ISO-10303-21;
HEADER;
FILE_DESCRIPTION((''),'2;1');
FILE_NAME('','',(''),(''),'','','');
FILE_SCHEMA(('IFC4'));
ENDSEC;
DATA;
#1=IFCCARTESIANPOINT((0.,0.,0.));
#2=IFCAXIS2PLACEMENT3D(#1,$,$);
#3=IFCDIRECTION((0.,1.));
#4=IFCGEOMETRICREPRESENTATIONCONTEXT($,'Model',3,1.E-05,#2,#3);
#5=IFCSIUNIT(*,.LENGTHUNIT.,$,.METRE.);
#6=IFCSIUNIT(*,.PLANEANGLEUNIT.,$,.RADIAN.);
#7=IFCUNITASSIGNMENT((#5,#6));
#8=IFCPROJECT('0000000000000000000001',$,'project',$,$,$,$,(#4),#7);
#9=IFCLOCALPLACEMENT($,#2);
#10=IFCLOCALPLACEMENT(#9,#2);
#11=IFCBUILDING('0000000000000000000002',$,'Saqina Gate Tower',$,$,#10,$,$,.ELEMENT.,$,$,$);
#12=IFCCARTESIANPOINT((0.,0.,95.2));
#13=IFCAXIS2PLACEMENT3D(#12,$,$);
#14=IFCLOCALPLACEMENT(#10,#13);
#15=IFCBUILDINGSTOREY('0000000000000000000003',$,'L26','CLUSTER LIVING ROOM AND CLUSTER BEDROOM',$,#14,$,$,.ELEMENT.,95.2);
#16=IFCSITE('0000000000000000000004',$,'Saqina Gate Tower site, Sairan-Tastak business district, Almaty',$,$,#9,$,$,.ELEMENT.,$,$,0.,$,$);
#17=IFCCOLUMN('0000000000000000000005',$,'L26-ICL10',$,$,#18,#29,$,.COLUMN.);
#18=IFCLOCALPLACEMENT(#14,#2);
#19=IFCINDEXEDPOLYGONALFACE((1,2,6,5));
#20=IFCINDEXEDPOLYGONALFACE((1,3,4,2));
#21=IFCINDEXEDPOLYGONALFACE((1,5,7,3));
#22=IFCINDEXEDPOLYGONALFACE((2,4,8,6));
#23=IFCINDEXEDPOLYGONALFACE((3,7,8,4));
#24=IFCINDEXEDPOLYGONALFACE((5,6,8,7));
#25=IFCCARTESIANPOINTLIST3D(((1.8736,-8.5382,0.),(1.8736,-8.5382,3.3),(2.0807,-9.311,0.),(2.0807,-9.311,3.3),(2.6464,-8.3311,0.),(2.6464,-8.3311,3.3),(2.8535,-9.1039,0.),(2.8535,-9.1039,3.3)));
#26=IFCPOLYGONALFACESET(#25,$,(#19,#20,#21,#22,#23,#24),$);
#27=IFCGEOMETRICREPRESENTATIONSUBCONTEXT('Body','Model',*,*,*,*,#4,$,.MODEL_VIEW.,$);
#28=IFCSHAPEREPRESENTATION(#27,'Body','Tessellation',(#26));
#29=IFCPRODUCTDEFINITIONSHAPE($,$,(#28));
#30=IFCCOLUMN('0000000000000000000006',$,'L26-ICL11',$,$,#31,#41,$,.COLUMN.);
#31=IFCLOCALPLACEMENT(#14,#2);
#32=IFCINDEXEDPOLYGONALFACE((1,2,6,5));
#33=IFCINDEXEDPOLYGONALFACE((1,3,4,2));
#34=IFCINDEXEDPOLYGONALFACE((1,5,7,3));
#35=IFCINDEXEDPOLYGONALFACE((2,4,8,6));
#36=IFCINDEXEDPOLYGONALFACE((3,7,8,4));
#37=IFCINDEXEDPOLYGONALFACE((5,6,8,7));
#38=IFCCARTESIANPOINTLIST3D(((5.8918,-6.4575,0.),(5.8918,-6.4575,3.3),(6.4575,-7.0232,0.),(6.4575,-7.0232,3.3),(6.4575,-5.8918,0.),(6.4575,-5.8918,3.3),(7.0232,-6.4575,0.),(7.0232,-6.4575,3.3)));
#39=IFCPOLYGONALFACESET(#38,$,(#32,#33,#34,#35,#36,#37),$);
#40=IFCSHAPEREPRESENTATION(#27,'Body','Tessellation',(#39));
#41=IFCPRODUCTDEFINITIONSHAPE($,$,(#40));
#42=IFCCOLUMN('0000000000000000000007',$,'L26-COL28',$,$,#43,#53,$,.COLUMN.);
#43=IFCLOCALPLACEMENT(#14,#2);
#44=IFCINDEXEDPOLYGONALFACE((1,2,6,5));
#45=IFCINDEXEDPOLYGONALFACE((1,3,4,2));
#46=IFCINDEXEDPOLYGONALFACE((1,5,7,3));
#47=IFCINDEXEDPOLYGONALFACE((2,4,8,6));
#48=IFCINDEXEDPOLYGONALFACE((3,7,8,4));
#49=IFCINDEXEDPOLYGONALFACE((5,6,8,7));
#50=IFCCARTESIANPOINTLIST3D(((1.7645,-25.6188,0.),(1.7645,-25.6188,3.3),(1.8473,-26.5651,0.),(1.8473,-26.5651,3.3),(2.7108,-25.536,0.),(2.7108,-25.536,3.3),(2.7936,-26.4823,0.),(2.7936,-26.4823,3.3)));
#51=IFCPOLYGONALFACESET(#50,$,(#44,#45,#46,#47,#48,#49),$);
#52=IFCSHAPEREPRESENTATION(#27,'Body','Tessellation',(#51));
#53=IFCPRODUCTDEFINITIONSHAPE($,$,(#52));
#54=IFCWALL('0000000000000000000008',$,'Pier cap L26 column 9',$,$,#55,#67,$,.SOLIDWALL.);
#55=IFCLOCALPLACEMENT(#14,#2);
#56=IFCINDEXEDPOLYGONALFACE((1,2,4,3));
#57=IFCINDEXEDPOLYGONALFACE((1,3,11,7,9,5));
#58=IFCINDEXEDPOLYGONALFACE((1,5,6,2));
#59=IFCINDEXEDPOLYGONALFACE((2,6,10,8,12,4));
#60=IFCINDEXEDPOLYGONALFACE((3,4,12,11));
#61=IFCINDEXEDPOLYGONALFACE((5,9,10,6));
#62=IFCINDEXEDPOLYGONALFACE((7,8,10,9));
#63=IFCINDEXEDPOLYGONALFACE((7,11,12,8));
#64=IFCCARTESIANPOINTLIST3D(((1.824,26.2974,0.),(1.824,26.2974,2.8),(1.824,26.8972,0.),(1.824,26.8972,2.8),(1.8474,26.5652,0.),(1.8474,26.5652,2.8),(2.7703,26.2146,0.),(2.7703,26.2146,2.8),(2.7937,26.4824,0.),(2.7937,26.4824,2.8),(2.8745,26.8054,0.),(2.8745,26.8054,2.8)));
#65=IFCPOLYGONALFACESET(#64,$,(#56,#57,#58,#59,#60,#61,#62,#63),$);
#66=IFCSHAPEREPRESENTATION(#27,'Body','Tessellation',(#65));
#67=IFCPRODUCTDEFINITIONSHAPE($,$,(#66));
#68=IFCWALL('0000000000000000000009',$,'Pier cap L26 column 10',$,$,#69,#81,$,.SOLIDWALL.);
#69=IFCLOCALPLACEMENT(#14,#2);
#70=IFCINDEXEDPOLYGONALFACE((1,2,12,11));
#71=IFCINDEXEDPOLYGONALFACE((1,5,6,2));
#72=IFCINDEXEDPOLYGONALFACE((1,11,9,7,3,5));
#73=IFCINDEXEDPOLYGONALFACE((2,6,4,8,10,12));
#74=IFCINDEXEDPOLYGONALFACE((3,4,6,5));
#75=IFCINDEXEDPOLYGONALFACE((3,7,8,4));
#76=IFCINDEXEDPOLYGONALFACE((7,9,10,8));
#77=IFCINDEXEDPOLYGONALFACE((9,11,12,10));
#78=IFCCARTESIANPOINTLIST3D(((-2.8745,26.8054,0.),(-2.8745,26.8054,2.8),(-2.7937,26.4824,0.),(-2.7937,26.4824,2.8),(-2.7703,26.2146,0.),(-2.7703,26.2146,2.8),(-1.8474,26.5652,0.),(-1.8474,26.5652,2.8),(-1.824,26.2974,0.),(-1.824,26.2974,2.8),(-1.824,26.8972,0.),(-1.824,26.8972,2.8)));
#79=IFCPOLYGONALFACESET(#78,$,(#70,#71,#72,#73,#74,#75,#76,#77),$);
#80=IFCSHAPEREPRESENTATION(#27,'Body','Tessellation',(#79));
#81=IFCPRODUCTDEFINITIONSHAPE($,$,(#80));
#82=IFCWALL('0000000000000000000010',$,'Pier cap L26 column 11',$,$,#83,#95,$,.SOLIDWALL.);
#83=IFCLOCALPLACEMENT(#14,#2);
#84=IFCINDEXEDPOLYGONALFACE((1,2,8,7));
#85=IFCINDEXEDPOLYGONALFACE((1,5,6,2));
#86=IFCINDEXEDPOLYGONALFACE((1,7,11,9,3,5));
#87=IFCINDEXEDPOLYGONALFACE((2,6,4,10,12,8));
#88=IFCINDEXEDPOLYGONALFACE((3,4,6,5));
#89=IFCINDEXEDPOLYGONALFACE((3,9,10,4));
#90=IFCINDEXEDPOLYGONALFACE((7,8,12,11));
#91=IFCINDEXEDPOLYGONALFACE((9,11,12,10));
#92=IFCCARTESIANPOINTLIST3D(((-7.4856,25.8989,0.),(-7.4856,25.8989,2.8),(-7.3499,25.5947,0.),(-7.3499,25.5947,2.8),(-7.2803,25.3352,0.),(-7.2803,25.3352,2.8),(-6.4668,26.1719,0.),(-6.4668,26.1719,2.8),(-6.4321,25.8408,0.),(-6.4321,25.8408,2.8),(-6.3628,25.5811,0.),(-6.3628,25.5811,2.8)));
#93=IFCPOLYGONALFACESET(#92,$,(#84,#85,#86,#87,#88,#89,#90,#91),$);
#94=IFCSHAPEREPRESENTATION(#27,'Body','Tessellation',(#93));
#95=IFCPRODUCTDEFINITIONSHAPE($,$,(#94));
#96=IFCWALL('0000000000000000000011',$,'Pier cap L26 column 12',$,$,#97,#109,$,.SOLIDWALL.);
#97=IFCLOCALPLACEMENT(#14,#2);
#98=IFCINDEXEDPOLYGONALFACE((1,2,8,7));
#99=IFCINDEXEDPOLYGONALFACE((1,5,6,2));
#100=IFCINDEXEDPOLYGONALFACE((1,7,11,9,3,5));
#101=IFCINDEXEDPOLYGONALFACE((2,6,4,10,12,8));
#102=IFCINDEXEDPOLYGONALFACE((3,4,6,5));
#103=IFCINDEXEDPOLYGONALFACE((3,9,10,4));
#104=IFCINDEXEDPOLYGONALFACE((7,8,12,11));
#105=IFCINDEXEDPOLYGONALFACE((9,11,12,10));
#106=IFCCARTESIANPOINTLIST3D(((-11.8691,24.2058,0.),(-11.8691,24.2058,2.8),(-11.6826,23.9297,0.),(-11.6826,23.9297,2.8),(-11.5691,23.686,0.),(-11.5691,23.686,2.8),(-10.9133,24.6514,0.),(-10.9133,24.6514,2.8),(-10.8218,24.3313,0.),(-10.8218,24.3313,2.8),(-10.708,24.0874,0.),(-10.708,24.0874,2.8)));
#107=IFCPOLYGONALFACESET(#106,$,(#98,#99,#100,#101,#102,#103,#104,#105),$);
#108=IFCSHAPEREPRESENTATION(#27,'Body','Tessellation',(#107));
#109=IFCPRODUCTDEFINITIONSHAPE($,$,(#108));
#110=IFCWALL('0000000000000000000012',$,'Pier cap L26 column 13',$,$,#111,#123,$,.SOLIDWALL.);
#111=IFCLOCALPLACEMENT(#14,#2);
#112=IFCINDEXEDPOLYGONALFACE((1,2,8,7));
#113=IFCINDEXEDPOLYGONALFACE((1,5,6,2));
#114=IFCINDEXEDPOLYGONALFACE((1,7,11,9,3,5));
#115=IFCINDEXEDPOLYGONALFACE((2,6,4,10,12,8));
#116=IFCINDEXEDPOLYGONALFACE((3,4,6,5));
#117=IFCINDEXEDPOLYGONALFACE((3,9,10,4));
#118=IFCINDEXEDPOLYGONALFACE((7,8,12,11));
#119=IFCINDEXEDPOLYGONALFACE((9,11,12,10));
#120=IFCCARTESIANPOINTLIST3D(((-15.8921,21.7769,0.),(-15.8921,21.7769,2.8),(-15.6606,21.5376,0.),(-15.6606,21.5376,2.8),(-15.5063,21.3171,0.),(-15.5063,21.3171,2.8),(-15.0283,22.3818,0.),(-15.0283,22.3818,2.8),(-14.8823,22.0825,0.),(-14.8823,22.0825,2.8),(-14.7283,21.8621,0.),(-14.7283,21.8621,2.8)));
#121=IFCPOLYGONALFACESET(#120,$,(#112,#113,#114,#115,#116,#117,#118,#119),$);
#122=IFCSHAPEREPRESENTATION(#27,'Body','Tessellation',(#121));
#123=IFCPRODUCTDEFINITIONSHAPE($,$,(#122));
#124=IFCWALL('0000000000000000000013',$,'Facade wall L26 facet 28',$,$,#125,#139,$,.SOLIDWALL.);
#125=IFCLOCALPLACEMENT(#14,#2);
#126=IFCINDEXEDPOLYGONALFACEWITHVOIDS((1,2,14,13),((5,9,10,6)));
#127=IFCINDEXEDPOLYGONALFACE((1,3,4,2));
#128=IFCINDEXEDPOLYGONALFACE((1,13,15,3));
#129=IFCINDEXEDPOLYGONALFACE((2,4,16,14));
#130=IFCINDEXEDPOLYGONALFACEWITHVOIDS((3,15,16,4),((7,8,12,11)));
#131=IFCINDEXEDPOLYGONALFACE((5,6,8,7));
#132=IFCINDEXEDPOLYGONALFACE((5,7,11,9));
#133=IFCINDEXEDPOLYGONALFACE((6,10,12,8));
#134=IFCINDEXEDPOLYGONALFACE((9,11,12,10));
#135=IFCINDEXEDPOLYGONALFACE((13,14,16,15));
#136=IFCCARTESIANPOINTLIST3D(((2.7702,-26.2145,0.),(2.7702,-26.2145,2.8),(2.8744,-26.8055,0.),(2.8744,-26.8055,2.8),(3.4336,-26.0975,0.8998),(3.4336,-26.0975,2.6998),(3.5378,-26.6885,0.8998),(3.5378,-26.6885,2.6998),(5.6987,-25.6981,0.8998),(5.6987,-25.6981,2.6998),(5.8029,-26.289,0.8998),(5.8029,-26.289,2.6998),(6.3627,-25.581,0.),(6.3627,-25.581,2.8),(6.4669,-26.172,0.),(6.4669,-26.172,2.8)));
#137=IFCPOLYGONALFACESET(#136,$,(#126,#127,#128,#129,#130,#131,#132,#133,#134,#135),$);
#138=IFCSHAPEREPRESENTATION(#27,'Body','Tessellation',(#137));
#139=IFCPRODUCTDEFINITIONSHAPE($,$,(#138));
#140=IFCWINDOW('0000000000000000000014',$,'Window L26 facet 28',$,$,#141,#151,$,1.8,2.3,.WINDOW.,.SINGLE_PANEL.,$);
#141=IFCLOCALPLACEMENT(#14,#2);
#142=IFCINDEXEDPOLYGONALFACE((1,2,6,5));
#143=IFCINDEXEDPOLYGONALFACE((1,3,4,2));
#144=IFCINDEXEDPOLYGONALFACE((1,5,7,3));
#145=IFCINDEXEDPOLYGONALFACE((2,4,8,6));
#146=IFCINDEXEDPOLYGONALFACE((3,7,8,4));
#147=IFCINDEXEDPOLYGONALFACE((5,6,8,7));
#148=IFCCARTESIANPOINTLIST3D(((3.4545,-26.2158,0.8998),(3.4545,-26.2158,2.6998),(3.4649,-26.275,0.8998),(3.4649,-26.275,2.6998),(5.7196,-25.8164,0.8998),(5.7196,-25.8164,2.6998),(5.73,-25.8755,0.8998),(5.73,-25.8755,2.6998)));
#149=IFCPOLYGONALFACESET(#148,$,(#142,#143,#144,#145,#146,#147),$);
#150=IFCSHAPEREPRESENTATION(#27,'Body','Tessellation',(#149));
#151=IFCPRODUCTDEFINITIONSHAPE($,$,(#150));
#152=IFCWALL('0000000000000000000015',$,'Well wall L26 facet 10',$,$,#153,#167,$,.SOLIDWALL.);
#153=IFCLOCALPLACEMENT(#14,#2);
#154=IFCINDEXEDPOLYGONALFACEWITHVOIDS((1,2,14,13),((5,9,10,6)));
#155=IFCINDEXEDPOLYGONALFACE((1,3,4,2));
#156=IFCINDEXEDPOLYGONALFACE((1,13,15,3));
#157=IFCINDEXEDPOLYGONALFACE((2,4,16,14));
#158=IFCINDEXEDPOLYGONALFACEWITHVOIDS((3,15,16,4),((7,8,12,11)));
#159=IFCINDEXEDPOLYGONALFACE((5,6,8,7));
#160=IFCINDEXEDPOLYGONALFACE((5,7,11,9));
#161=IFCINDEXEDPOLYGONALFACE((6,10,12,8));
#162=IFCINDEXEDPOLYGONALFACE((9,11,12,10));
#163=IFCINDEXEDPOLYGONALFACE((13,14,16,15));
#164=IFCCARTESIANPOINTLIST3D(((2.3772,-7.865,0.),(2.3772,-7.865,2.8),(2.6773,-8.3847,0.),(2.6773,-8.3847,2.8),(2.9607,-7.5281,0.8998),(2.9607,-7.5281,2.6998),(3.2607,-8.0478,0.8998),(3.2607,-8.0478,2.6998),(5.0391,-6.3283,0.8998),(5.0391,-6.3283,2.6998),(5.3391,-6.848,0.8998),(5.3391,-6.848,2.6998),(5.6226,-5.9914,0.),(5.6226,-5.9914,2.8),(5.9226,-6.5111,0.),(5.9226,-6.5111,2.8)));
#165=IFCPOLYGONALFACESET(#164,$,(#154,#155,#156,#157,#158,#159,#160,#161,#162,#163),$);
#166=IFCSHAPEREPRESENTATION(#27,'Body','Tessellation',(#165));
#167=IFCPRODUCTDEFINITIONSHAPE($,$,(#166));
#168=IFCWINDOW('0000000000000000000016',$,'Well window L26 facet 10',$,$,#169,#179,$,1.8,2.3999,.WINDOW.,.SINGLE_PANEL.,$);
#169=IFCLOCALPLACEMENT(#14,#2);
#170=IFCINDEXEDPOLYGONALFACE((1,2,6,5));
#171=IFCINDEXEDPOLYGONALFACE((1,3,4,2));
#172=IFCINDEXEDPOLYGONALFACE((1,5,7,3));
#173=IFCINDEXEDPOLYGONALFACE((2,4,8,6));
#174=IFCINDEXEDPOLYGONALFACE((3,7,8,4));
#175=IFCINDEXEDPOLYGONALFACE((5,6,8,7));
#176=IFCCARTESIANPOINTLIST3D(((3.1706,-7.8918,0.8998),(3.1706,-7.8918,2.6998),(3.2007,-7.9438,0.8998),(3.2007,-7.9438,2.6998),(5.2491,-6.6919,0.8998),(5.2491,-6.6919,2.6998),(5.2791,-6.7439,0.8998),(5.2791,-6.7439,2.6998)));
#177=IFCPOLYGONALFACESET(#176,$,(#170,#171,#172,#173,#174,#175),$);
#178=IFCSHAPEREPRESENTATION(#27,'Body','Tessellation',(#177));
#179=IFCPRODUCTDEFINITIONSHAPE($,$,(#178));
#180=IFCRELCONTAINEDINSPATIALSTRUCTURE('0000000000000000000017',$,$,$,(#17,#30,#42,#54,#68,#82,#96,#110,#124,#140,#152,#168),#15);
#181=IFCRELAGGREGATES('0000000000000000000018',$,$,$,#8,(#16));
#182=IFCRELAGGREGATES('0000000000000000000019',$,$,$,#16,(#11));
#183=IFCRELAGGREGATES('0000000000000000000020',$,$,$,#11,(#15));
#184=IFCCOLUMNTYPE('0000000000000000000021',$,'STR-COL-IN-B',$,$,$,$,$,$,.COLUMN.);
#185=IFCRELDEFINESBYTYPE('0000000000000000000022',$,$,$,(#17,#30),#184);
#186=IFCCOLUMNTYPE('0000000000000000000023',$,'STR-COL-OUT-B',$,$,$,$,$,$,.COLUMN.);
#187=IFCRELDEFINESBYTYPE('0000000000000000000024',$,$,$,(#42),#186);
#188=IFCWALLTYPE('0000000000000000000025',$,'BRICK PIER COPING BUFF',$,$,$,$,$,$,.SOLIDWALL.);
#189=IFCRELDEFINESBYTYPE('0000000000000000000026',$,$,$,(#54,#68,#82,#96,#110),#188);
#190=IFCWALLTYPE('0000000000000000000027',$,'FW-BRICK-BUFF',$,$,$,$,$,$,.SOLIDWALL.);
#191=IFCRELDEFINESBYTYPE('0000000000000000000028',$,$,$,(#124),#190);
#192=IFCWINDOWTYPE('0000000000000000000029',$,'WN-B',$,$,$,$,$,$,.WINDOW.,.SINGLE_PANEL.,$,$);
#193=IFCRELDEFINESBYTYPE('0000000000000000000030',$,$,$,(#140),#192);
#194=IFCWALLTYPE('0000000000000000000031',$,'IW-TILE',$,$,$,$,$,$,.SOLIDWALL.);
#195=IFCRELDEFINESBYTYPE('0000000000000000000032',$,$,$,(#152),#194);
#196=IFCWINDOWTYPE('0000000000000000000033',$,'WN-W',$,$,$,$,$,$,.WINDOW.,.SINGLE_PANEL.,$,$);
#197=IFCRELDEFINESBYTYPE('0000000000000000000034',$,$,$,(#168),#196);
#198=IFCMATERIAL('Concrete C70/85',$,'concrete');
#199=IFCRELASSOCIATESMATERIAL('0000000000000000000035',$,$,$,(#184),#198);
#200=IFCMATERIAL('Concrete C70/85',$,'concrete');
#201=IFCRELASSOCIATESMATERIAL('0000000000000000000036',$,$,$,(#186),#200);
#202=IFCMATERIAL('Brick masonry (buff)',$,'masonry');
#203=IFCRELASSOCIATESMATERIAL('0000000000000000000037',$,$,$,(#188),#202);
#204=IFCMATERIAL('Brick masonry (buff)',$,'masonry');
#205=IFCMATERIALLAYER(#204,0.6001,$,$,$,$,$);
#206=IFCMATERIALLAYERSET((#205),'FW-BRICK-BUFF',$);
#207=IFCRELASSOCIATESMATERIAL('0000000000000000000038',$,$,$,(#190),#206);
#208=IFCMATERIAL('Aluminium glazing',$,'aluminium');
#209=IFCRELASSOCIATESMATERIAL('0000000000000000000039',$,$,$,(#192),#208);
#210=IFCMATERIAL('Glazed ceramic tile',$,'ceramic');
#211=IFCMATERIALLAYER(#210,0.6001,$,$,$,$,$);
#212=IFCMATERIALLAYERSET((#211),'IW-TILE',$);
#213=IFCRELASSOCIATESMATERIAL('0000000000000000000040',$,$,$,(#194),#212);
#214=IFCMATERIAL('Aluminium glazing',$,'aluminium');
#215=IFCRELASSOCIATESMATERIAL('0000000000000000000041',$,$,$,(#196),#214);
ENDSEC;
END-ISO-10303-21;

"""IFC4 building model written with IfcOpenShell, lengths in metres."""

from ifc_helpers import new_model, si_unit, direction, frame, frame_2d, origin, origin_2d, place, context, subcontext, project, spatial, polyline, rectangle, outline, extrude, material, layer, layer_set, material_profile, profile_set, type_object, element, fill, save


model = new_model("IFC4")

# Units and contexts
model_context = context("Model", 3, precision=1e-05, world=origin(), true_north=direction((0.0, 1.0)))
body_context = subcontext(model_context, "Body", "Model", "MODEL_VIEW")
ifc_project = project(units=[si_unit("LENGTHUNIT", "METRE"), si_unit("PLANEANGLEUNIT", "RADIAN")], contexts=[model_context])

# Site, building, storey
site_placement = place(None, origin())
site = spatial("IfcSite", under=ifc_project, at=site_placement, Name="Saqina Gate Tower site, Sairan-Tastak business district, Almaty", CompositionType="ELEMENT", RefElevation=0.0)
building_placement = place(site_placement, origin())
building = spatial("IfcBuilding", under=site, at=building_placement, Name="Saqina Gate Tower", CompositionType="ELEMENT")
storey_placement = place(building_placement, frame((0.0, 0.0, 95.2)))
storey = spatial("IfcBuildingStorey", under=building, at=storey_placement, Name="L26", Description="CLUSTER LIVING ROOM AND CLUSTER BEDROOM", CompositionType="ELEMENT", Elevation=95.2)

# Columns
ifc_material_1 = material(Name="Concrete C70/85", Category="concrete")
ifc_material_profile_1 = material_profile(ifc_material_1, rectangle(XDim=0.8, YDim=0.8, at=origin_2d()), Name="RC 800x800")
ifc_profile_set_1 = profile_set([ifc_material_profile_1], Name="Concrete C70/85")
column_type_1 = type_object("IfcColumnType", Name="STR-COL-IN-B", PredefinedType="COLUMN", material=ifc_profile_set_1)
for number, where, z_axis, x_axis, name in (
    (1, (2.3635, -8.821, 0.0), (0.0, 0.0, 1.0), (0.258819, -0.965926, 0.0), "L26-ICL10"),
    (2, (6.4575, -6.4575, 0.0), (0.0, 0.0, 1.0), (0.707107, -0.707107, 0.0), "L26-ICL11"),
):
    element("IfcColumn", number, at=place(storey_placement, frame(where, z_axis=z_axis, x_axis=x_axis)), inside=storey, type_object=column_type_1, Name=name, PredefinedType="COLUMN", context=body_context, shape_type="SweptSolid", body=[
        extrude(rectangle(XDim=0.8, YDim=0.8, at=origin_2d()), origin(), (0.0, 0.0, 1.0), 3.3),
    ])
ifc_material_2 = material(Name="Concrete C70/85", Category="concrete")
ifc_material_profile_2 = material_profile(ifc_material_2, rectangle(XDim=0.95, YDim=0.95, at=origin_2d()), Name="RC 950x950")
ifc_profile_set_2 = profile_set([ifc_material_profile_2], Name="Concrete C70/85")
column_type_2 = type_object("IfcColumnType", Name="STR-COL-OUT-B", PredefinedType="COLUMN", material=ifc_profile_set_2)
column_placement = place(storey_placement, frame((2.2791, -26.0505, 0.0), z_axis=(0.0, 0.0, 1.0), x_axis=(0.087156, -0.996195, 0.0)))
element("IfcColumn", 3, at=column_placement, inside=storey, type_object=column_type_2, Name="L26-COL28", PredefinedType="COLUMN", context=body_context, shape_type="SweptSolid", body=[
    extrude(rectangle(XDim=0.95, YDim=0.95, at=origin_2d()), origin(), (0.0, 0.0, 1.0), 3.3),
])

# Walls
ifc_material_3 = material(Name="Brick masonry (buff)", Category="masonry")
wall_type_1 = type_object("IfcWallType", Name="BRICK PIER COPING BUFF", PredefinedType="SOLIDWALL", material=ifc_material_3)
wall_1_placement = place(storey_placement, origin())
element("IfcWall", 4, at=wall_1_placement, inside=storey, type_object=wall_type_1, Name="Pier cap L26 column 9", PredefinedType="SOLIDWALL", context=body_context, shape_type="SweptSolid", body=[
    extrude(outline(polyline([(2.8745, 26.8054), (1.824, 26.8972), (1.824, 26.2974), (1.8474, 26.5652), (2.7937, 26.4824), (2.7703, 26.2146), (2.8745, 26.8054)])), origin(), (0.0, 0.0, 1.0), 2.8),
])
wall_2_placement = place(storey_placement, origin())
element("IfcWall", 5, at=wall_2_placement, inside=storey, type_object=wall_type_1, Name="Pier cap L26 column 10", PredefinedType="SOLIDWALL", context=body_context, shape_type="SweptSolid", body=[
    extrude(outline(polyline([(-2.8745, 26.8054), (-2.7703, 26.2146), (-2.7937, 26.4824), (-1.8474, 26.5652), (-1.824, 26.2974), (-1.824, 26.8972), (-2.8745, 26.8054)])), origin(), (0.0, 0.0, 1.0), 2.8),
])
wall_3_placement = place(storey_placement, origin())
element("IfcWall", 6, at=wall_3_placement, inside=storey, type_object=wall_type_1, Name="Pier cap L26 column 11", PredefinedType="SOLIDWALL", context=body_context, shape_type="SweptSolid", body=[
    extrude(outline(polyline([(-6.4668, 26.1719), (-7.4856, 25.8989), (-7.2803, 25.3352), (-7.3499, 25.5947), (-6.4321, 25.8408), (-6.3628, 25.5811), (-6.4668, 26.1719)])), origin(), (0.0, 0.0, 1.0), 2.8),
])
wall_4_placement = place(storey_placement, origin())
element("IfcWall", 7, at=wall_4_placement, inside=storey, type_object=wall_type_1, Name="Pier cap L26 column 12", PredefinedType="SOLIDWALL", context=body_context, shape_type="SweptSolid", body=[
    extrude(outline(polyline([(-10.9133, 24.6514), (-11.8691, 24.2058), (-11.5691, 23.686), (-11.6826, 23.9297), (-10.8218, 24.3313), (-10.708, 24.0874), (-10.9133, 24.6514)])), origin(), (0.0, 0.0, 1.0), 2.8),
])
wall_5_placement = place(storey_placement, origin())
element("IfcWall", 8, at=wall_5_placement, inside=storey, type_object=wall_type_1, Name="Pier cap L26 column 13", PredefinedType="SOLIDWALL", context=body_context, shape_type="SweptSolid", body=[
    extrude(outline(polyline([(-15.8921, 21.7769), (-15.5063, 21.3171), (-15.6606, 21.5376), (-14.8823, 22.0825), (-14.7283, 21.8621), (-15.0283, 22.3818), (-15.8921, 21.7769)])), origin(), (0.0, 0.0, 1.0), 2.8),
])

# Walls, openings, windows
ifc_material_4 = material(Name="Brick masonry (buff)", Category="masonry")
ifc_layer_1 = layer(ifc_material_4, 0.6001)
ifc_layer_set_1 = layer_set([ifc_layer_1], Name="FW-BRICK-BUFF")
wall_type_2 = type_object("IfcWallType", Name="FW-BRICK-BUFF", PredefinedType="SOLIDWALL", material=ifc_layer_set_1)
wall_6_placement = place(storey_placement, frame((2.8223, -26.51, 0.0), z_axis=(0.0, 0.0, 1.0), x_axis=(0.984804, 0.173671, 0.0)))
wall_6 = element("IfcWall", 9, at=wall_6_placement, inside=storey, type_object=wall_type_2, Name="Facade wall L26 facet 28", PredefinedType="SOLIDWALL", context=body_context, shape_type="SweptSolid", body=[
    extrude(rectangle(XDim=3.6479, YDim=0.6001, at=frame_2d((1.824, 0.0))), origin(), (0.0, 0.0, 1.0), 2.8),
])
opening_1_placement = place(wall_6_placement, frame((0.6738, 0.0, 0.8999)))
opening_1 = element("IfcOpeningElement", 10, at=opening_1_placement, cuts=wall_6, PredefinedType="OPENING", context=body_context, shape_type="SweptSolid", body=[
    extrude(rectangle(XDim=2.3, YDim=1.8, at=frame_2d((1.1499, 0.8999))), frame((0.0, 0.312, 0.0), z_axis=(0.0, -1.0, 0.0), x_axis=(1.0, 0.0, 0.0)), (0.0, 0.0, 1.0), 0.624),
])
ifc_material_5 = material(Name="Aluminium glazing", Category="aluminium")
window_type_1 = type_object("IfcWindowType", Name="WN-B", PartitioningType="SINGLE_PANEL", PredefinedType="WINDOW", material=ifc_material_5)
window_1_placement = place(opening_1_placement, origin())
window_1 = element("IfcWindow", 11, at=window_1_placement, inside=storey, type_object=window_type_1, Name="Window L26 facet 28", OverallHeight=1.8, OverallWidth=2.3, PartitioningType="SINGLE_PANEL", PredefinedType="WINDOW", context=body_context, shape_type="SweptSolid", body=[
    extrude(rectangle(XDim=2.3, YDim=1.8, at=frame_2d((1.1499, 0.8999))), frame((0.0, 0.1799, 0.0), z_axis=(0.0, -1.0, 0.0), x_axis=(1.0, 0.0, 0.0)), (0.0, 0.0, 1.0), 0.0601),
])
fill(opening_1, window_1)
ifc_material_6 = material(Name="Glazed ceramic tile", Category="ceramic")
ifc_layer_2 = layer(ifc_material_6, 0.6001)
ifc_layer_set_2 = layer_set([ifc_layer_2], Name="IW-TILE")
wall_type_3 = type_object("IfcWallType", Name="IW-TILE", PredefinedType="SOLIDWALL", material=ifc_layer_set_2)
wall_7_placement = place(storey_placement, frame((2.5273, -8.1248, 0.0), z_axis=(0.0, 0.0, 1.0), x_axis=(0.866046, 0.499965, 0.0)))
wall_7 = element("IfcWall", 12, at=wall_7_placement, inside=storey, type_object=wall_type_3, Name="Well wall L26 facet 10", PredefinedType="SOLIDWALL", context=body_context, shape_type="SweptSolid", body=[
    extrude(rectangle(XDim=3.7473, YDim=0.6001, at=frame_2d((1.8735, 0.0))), origin(), (0.0, 0.0, 1.0), 2.8),
])
opening_2_placement = place(wall_7_placement, frame((0.6736, 0.0, 0.8999)))
opening_2 = element("IfcOpeningElement", 13, at=opening_2_placement, cuts=wall_7, PredefinedType="OPENING", context=body_context, shape_type="SweptSolid", body=[
    extrude(rectangle(XDim=2.3999, YDim=1.8, at=frame_2d((1.2, 0.8999))), frame((0.0, 0.312, 0.0), z_axis=(0.0, -1.0, 0.0), x_axis=(1.0, 0.0, 0.0)), (0.0, 0.0, 1.0), 0.624),
])
ifc_material_7 = material(Name="Aluminium glazing", Category="aluminium")
window_type_2 = type_object("IfcWindowType", Name="WN-W", PartitioningType="SINGLE_PANEL", PredefinedType="WINDOW", material=ifc_material_7)
window_2_placement = place(opening_2_placement, origin())
window_2 = element("IfcWindow", 14, at=window_2_placement, inside=storey, type_object=window_type_2, Name="Well window L26 facet 10", OverallHeight=1.8, OverallWidth=2.3999, PartitioningType="SINGLE_PANEL", PredefinedType="WINDOW", context=body_context, shape_type="SweptSolid", body=[
    extrude(rectangle(XDim=2.3999, YDim=1.8, at=frame_2d((1.2, 0.8999))), frame((0.0, -0.1199, 0.0), z_axis=(0.0, -1.0, 0.0), x_axis=(1.0, 0.0, 0.0)), (0.0, 0.0, 1.0), 0.0601),
])
fill(opening_2, window_2)

save(model, "model.ifc")
